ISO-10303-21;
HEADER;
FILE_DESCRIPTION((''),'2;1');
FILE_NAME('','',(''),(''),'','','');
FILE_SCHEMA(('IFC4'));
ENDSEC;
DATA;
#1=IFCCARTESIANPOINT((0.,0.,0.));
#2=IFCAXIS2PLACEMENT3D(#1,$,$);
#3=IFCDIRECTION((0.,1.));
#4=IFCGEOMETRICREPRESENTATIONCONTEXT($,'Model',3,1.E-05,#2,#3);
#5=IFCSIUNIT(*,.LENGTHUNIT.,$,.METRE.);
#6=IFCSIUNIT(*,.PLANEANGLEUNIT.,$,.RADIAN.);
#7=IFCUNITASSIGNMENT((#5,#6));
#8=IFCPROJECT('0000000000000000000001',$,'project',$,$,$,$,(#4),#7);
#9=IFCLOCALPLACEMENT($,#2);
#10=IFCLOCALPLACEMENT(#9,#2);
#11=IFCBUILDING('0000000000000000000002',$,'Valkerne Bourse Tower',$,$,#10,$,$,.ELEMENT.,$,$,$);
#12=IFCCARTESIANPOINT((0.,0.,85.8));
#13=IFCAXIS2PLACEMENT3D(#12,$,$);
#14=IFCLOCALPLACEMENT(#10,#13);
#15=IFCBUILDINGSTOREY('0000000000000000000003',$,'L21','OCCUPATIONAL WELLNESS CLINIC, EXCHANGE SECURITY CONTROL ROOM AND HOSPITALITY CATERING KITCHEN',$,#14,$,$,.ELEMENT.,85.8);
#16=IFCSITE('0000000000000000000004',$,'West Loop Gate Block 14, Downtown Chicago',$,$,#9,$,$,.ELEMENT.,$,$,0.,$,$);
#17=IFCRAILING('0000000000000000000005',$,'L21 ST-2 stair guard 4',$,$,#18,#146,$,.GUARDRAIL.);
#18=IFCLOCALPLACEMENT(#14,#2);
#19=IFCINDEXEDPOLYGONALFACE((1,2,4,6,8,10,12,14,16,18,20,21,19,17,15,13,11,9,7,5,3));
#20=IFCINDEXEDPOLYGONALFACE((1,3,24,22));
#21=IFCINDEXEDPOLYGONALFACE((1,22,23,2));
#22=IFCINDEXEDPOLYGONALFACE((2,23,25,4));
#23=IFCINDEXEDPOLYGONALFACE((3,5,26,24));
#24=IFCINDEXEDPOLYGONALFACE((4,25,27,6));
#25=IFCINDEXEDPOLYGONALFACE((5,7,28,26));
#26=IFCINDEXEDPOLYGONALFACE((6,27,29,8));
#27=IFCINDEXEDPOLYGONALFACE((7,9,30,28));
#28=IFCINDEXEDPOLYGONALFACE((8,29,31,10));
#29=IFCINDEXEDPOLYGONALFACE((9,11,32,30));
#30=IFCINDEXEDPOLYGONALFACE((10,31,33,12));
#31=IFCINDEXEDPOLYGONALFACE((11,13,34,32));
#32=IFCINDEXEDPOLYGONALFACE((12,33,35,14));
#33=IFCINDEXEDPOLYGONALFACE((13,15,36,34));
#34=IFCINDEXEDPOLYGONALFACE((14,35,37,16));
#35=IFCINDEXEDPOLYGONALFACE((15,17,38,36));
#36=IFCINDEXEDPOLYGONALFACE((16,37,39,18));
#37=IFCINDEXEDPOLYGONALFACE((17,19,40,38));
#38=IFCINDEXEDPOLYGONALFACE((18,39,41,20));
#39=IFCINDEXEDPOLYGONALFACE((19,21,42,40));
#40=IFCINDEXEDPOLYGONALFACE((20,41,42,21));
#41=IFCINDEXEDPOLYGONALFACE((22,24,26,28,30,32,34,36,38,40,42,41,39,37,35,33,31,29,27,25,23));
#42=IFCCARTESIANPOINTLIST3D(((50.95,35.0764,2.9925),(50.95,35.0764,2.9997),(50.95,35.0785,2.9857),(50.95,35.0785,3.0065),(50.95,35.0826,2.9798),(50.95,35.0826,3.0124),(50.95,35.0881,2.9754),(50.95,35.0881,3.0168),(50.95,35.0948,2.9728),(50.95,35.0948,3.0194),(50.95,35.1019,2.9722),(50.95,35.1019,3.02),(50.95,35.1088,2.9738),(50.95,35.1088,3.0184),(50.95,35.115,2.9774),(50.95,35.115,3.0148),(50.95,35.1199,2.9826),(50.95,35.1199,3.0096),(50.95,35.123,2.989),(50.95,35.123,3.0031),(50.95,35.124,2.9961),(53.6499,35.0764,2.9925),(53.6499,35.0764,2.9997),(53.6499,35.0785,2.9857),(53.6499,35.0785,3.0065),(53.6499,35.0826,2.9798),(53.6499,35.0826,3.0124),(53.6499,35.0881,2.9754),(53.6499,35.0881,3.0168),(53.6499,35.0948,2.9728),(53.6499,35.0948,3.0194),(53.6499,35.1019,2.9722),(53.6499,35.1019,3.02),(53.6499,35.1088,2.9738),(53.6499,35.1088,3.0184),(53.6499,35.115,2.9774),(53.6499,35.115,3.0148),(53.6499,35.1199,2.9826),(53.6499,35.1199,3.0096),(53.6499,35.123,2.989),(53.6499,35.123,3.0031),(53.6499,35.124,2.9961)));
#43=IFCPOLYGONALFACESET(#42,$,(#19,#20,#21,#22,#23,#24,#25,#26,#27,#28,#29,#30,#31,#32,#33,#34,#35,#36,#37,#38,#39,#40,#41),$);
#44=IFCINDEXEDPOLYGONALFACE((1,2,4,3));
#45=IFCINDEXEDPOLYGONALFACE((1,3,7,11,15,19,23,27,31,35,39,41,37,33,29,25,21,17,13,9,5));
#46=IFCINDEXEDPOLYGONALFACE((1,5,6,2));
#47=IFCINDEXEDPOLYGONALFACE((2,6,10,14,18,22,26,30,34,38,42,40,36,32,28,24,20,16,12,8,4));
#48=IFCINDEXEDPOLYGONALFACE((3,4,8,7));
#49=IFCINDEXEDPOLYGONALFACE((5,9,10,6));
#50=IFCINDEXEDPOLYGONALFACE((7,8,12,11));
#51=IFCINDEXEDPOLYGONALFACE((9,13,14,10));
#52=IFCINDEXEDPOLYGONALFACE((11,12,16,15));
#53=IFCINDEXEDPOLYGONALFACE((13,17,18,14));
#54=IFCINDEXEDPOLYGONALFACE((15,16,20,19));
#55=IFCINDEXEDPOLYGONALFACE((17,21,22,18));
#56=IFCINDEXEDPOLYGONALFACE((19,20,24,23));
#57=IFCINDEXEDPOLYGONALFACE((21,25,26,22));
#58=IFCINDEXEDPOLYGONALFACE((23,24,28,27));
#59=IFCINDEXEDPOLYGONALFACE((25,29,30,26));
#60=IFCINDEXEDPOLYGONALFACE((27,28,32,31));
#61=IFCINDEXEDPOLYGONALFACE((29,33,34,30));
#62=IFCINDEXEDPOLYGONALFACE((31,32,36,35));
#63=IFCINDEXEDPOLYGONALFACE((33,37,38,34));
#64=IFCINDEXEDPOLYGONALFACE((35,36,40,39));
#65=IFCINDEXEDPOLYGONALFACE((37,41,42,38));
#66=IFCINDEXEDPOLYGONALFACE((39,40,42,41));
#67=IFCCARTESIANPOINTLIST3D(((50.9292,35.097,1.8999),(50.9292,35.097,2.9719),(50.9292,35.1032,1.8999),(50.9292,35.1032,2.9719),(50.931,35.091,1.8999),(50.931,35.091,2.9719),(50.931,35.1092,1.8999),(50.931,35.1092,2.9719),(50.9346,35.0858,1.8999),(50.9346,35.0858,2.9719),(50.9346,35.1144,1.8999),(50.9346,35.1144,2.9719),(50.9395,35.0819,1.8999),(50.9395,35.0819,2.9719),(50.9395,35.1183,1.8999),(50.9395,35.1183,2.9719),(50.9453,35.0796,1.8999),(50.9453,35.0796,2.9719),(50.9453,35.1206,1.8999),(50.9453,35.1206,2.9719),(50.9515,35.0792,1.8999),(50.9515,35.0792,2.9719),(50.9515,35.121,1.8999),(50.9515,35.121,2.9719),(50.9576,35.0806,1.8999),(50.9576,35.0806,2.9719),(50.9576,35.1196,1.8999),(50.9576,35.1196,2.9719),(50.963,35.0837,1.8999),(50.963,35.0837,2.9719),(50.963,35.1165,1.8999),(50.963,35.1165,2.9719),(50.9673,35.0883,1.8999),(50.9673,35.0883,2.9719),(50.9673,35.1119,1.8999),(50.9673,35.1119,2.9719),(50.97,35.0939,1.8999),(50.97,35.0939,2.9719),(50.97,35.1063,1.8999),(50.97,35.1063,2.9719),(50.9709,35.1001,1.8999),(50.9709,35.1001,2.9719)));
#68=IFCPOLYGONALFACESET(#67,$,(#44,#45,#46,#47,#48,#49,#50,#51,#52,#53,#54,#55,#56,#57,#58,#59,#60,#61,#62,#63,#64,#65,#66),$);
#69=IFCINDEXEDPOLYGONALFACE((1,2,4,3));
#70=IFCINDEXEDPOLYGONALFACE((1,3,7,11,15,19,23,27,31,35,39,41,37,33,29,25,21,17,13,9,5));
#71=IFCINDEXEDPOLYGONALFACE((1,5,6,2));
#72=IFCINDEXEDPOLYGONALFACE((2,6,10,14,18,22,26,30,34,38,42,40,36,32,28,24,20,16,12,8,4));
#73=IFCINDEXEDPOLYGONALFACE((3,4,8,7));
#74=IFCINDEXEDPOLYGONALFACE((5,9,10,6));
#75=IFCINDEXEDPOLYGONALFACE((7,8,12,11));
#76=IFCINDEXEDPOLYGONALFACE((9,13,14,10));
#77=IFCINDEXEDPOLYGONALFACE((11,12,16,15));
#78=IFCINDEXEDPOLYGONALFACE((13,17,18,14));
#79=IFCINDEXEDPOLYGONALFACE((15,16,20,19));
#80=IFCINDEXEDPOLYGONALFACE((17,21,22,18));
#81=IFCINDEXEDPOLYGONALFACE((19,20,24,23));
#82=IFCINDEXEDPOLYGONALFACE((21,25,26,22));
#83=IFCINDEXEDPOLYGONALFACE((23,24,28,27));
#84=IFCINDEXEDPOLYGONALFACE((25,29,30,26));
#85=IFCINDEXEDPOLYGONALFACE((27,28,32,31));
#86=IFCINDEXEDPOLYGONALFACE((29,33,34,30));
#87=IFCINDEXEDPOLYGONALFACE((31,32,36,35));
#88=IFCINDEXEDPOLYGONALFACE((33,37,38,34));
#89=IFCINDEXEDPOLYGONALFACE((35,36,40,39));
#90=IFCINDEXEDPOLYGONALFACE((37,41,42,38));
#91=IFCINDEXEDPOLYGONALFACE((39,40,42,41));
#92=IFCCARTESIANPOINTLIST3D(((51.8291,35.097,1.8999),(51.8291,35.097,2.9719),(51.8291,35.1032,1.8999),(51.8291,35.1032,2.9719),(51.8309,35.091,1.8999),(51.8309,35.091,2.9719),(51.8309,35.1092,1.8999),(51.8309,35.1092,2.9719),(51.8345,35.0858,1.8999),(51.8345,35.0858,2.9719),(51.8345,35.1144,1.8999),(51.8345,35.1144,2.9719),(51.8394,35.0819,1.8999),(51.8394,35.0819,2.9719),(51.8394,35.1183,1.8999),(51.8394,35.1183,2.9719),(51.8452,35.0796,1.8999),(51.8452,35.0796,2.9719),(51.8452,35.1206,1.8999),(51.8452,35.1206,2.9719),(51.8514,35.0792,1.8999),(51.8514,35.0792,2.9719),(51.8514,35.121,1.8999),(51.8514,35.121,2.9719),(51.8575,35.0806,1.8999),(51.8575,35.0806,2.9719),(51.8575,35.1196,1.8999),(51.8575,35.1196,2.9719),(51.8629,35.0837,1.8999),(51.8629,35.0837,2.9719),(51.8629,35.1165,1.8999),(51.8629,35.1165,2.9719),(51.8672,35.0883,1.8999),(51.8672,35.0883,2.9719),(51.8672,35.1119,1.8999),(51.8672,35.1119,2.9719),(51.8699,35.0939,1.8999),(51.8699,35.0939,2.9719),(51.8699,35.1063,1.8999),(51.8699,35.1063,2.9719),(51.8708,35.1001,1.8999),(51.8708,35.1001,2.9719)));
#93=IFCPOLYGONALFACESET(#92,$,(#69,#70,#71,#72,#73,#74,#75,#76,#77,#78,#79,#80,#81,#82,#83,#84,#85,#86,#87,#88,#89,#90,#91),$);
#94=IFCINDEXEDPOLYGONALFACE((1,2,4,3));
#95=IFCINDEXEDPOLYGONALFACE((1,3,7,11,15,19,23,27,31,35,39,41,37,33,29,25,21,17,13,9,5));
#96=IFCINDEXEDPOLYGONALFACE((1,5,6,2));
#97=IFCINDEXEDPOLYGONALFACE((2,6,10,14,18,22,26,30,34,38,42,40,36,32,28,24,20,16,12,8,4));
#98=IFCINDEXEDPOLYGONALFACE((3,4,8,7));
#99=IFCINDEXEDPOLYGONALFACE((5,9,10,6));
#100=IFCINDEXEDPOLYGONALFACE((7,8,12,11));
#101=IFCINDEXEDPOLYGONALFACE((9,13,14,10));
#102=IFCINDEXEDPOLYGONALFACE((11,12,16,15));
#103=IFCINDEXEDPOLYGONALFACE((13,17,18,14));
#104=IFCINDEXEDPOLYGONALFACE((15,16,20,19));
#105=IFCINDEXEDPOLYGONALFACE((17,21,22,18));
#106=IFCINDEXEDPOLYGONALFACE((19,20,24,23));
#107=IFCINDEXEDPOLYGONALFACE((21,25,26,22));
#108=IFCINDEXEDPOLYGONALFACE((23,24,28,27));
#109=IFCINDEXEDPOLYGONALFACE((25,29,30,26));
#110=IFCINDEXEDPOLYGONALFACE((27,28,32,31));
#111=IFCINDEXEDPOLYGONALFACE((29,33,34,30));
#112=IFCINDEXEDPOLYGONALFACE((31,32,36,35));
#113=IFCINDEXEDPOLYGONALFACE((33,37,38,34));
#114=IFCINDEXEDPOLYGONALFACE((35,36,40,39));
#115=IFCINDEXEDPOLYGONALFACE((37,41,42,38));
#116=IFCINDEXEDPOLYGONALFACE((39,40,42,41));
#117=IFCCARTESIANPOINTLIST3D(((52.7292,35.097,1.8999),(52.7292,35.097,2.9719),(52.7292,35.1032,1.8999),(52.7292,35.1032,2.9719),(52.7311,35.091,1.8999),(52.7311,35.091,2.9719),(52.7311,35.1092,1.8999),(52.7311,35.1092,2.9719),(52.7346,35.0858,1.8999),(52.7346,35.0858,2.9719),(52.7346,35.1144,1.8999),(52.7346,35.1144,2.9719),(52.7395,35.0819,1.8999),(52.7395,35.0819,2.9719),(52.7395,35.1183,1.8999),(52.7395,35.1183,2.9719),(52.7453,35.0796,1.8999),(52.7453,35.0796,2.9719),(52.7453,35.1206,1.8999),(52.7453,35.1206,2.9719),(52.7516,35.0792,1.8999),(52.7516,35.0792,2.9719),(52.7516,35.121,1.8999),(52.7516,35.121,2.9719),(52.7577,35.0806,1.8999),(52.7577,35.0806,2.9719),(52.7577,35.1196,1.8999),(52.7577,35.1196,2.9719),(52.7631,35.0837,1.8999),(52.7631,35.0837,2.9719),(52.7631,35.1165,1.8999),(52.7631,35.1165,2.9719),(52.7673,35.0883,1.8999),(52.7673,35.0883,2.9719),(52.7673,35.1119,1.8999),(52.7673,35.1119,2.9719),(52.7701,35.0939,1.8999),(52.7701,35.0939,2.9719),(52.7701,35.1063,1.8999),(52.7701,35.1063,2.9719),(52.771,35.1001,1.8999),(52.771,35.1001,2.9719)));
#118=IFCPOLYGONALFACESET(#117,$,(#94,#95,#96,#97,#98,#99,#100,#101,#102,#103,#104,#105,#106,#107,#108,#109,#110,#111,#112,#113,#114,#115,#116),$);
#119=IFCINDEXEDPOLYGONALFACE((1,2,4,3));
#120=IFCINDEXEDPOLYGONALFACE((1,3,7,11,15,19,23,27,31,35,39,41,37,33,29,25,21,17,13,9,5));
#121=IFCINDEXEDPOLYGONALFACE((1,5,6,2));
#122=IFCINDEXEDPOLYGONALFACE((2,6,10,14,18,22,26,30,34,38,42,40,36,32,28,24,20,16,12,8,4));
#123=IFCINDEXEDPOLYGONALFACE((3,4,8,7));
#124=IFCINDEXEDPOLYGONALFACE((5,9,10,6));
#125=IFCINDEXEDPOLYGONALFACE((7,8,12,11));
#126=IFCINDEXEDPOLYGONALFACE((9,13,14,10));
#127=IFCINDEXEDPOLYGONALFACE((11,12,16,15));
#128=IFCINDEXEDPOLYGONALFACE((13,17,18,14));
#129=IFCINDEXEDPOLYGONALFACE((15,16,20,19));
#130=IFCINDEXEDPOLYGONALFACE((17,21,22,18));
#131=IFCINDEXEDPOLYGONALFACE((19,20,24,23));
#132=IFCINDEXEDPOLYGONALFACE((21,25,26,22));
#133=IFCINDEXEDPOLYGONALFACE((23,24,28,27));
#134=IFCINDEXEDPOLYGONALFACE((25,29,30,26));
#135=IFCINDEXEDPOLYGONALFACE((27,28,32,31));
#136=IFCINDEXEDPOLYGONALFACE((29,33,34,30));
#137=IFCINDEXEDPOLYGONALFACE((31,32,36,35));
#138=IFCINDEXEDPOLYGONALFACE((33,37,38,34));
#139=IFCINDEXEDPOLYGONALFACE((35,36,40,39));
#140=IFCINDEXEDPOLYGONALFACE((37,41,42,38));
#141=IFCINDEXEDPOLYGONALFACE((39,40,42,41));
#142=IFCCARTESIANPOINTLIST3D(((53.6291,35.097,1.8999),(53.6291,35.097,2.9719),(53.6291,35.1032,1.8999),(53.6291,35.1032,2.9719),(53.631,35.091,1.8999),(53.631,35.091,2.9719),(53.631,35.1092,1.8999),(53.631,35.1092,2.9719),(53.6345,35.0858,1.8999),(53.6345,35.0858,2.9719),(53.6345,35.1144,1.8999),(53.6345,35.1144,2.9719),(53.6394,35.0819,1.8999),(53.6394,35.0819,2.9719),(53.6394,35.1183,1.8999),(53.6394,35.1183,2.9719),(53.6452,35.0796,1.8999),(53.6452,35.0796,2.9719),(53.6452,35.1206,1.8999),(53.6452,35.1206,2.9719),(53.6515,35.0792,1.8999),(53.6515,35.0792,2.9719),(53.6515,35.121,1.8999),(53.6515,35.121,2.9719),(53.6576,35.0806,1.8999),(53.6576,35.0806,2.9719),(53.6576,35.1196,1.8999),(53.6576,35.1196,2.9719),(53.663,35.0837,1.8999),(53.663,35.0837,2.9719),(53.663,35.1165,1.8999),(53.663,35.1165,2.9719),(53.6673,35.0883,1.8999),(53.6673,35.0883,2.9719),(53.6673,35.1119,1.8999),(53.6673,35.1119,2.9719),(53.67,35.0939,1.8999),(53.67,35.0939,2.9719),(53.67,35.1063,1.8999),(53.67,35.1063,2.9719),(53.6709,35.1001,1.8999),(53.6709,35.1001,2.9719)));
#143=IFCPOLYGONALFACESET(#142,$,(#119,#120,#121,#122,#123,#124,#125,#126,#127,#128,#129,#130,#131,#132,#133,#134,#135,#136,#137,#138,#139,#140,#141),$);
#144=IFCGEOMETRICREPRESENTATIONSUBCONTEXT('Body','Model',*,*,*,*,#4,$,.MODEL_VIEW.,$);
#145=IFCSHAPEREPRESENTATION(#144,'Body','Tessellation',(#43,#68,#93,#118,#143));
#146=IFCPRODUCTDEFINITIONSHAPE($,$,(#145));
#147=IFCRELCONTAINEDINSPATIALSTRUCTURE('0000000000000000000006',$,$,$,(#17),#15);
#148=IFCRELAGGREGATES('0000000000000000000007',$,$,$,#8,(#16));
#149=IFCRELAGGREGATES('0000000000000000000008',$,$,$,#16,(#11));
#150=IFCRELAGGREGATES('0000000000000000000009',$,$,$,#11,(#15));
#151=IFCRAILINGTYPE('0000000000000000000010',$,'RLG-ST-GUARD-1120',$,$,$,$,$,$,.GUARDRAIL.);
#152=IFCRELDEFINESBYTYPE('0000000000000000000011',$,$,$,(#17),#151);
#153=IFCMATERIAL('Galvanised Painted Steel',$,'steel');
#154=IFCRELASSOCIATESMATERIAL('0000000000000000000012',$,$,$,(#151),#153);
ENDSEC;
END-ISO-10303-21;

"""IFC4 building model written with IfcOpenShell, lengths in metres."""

from ifc_helpers import new_model, si_unit, direction, frame, origin, origin_2d, place, context, subcontext, project, spatial, circle, extrude, material, type_object, element, save


model = new_model("IFC4")

# Units and contexts
model_context = context("Model", 3, precision=1e-05, world=origin(), true_north=direction((0.0, 1.0)))
body_context = subcontext(model_context, "Body", "Model", "MODEL_VIEW")
ifc_project = project(units=[si_unit("LENGTHUNIT", "METRE"), si_unit("PLANEANGLEUNIT", "RADIAN")], contexts=[model_context])

# Site, building, storey
site_placement = place(None, origin())
site = spatial("IfcSite", under=ifc_project, at=site_placement, Name="West Loop Gate Block 14, Downtown Chicago", CompositionType="ELEMENT", RefElevation=0.0)
building_placement = place(site_placement, origin())
building = spatial("IfcBuilding", under=site, at=building_placement, Name="Valkerne Bourse Tower", CompositionType="ELEMENT")
storey_placement = place(building_placement, frame((0.0, 0.0, 85.8)))
storey = spatial("IfcBuildingStorey", under=building, at=storey_placement, Name="L21", Description="OCCUPATIONAL WELLNESS CLINIC, EXCHANGE SECURITY CONTROL ROOM AND HOSPITALITY CATERING KITCHEN", CompositionType="ELEMENT", Elevation=85.8)

# Railing
ifc_material_1 = material(Name="Galvanised Painted Steel", Category="steel")
railing_type_1 = type_object("IfcRailingType", Name="RLG-ST-GUARD-1120", PredefinedType="GUARDRAIL", material=ifc_material_1)
for number, where, name in (
    (1, (50.95, 35.1001, 1.8999), "L21 ST-2 stair guard 4"),
):
    element("IfcRailing", number, at=place(storey_placement, frame(where)), inside=storey, type_object=railing_type_1, Name=name, PredefinedType="GUARDRAIL", context=body_context, shape_type="SweptSolid", body=[
        extrude(circle(Radius=0.0239, at=origin_2d()), frame((0.0, 0.0, 1.0962), z_axis=(1.0, 0.0, 0.0), x_axis=(0.0, 1.0, 0.0)), (0.0, 0.0, 1.0), 2.7),
        extrude(circle(Radius=0.021, at=origin_2d()), origin(), (0.0, 0.0, 1.0), 1.072),
        extrude(circle(Radius=0.021, at=origin_2d()), frame((0.8999, 0.0, 0.0)), (0.0, 0.0, 1.0), 1.072),
        extrude(circle(Radius=0.021, at=origin_2d()), frame((1.8, 0.0, 0.0)), (0.0, 0.0, 1.0), 1.072),
        extrude(circle(Radius=0.021, at=origin_2d()), frame((2.7, 0.0, 0.0)), (0.0, 0.0, 1.0), 1.072),
    ])

save(model, "model.ifc")
